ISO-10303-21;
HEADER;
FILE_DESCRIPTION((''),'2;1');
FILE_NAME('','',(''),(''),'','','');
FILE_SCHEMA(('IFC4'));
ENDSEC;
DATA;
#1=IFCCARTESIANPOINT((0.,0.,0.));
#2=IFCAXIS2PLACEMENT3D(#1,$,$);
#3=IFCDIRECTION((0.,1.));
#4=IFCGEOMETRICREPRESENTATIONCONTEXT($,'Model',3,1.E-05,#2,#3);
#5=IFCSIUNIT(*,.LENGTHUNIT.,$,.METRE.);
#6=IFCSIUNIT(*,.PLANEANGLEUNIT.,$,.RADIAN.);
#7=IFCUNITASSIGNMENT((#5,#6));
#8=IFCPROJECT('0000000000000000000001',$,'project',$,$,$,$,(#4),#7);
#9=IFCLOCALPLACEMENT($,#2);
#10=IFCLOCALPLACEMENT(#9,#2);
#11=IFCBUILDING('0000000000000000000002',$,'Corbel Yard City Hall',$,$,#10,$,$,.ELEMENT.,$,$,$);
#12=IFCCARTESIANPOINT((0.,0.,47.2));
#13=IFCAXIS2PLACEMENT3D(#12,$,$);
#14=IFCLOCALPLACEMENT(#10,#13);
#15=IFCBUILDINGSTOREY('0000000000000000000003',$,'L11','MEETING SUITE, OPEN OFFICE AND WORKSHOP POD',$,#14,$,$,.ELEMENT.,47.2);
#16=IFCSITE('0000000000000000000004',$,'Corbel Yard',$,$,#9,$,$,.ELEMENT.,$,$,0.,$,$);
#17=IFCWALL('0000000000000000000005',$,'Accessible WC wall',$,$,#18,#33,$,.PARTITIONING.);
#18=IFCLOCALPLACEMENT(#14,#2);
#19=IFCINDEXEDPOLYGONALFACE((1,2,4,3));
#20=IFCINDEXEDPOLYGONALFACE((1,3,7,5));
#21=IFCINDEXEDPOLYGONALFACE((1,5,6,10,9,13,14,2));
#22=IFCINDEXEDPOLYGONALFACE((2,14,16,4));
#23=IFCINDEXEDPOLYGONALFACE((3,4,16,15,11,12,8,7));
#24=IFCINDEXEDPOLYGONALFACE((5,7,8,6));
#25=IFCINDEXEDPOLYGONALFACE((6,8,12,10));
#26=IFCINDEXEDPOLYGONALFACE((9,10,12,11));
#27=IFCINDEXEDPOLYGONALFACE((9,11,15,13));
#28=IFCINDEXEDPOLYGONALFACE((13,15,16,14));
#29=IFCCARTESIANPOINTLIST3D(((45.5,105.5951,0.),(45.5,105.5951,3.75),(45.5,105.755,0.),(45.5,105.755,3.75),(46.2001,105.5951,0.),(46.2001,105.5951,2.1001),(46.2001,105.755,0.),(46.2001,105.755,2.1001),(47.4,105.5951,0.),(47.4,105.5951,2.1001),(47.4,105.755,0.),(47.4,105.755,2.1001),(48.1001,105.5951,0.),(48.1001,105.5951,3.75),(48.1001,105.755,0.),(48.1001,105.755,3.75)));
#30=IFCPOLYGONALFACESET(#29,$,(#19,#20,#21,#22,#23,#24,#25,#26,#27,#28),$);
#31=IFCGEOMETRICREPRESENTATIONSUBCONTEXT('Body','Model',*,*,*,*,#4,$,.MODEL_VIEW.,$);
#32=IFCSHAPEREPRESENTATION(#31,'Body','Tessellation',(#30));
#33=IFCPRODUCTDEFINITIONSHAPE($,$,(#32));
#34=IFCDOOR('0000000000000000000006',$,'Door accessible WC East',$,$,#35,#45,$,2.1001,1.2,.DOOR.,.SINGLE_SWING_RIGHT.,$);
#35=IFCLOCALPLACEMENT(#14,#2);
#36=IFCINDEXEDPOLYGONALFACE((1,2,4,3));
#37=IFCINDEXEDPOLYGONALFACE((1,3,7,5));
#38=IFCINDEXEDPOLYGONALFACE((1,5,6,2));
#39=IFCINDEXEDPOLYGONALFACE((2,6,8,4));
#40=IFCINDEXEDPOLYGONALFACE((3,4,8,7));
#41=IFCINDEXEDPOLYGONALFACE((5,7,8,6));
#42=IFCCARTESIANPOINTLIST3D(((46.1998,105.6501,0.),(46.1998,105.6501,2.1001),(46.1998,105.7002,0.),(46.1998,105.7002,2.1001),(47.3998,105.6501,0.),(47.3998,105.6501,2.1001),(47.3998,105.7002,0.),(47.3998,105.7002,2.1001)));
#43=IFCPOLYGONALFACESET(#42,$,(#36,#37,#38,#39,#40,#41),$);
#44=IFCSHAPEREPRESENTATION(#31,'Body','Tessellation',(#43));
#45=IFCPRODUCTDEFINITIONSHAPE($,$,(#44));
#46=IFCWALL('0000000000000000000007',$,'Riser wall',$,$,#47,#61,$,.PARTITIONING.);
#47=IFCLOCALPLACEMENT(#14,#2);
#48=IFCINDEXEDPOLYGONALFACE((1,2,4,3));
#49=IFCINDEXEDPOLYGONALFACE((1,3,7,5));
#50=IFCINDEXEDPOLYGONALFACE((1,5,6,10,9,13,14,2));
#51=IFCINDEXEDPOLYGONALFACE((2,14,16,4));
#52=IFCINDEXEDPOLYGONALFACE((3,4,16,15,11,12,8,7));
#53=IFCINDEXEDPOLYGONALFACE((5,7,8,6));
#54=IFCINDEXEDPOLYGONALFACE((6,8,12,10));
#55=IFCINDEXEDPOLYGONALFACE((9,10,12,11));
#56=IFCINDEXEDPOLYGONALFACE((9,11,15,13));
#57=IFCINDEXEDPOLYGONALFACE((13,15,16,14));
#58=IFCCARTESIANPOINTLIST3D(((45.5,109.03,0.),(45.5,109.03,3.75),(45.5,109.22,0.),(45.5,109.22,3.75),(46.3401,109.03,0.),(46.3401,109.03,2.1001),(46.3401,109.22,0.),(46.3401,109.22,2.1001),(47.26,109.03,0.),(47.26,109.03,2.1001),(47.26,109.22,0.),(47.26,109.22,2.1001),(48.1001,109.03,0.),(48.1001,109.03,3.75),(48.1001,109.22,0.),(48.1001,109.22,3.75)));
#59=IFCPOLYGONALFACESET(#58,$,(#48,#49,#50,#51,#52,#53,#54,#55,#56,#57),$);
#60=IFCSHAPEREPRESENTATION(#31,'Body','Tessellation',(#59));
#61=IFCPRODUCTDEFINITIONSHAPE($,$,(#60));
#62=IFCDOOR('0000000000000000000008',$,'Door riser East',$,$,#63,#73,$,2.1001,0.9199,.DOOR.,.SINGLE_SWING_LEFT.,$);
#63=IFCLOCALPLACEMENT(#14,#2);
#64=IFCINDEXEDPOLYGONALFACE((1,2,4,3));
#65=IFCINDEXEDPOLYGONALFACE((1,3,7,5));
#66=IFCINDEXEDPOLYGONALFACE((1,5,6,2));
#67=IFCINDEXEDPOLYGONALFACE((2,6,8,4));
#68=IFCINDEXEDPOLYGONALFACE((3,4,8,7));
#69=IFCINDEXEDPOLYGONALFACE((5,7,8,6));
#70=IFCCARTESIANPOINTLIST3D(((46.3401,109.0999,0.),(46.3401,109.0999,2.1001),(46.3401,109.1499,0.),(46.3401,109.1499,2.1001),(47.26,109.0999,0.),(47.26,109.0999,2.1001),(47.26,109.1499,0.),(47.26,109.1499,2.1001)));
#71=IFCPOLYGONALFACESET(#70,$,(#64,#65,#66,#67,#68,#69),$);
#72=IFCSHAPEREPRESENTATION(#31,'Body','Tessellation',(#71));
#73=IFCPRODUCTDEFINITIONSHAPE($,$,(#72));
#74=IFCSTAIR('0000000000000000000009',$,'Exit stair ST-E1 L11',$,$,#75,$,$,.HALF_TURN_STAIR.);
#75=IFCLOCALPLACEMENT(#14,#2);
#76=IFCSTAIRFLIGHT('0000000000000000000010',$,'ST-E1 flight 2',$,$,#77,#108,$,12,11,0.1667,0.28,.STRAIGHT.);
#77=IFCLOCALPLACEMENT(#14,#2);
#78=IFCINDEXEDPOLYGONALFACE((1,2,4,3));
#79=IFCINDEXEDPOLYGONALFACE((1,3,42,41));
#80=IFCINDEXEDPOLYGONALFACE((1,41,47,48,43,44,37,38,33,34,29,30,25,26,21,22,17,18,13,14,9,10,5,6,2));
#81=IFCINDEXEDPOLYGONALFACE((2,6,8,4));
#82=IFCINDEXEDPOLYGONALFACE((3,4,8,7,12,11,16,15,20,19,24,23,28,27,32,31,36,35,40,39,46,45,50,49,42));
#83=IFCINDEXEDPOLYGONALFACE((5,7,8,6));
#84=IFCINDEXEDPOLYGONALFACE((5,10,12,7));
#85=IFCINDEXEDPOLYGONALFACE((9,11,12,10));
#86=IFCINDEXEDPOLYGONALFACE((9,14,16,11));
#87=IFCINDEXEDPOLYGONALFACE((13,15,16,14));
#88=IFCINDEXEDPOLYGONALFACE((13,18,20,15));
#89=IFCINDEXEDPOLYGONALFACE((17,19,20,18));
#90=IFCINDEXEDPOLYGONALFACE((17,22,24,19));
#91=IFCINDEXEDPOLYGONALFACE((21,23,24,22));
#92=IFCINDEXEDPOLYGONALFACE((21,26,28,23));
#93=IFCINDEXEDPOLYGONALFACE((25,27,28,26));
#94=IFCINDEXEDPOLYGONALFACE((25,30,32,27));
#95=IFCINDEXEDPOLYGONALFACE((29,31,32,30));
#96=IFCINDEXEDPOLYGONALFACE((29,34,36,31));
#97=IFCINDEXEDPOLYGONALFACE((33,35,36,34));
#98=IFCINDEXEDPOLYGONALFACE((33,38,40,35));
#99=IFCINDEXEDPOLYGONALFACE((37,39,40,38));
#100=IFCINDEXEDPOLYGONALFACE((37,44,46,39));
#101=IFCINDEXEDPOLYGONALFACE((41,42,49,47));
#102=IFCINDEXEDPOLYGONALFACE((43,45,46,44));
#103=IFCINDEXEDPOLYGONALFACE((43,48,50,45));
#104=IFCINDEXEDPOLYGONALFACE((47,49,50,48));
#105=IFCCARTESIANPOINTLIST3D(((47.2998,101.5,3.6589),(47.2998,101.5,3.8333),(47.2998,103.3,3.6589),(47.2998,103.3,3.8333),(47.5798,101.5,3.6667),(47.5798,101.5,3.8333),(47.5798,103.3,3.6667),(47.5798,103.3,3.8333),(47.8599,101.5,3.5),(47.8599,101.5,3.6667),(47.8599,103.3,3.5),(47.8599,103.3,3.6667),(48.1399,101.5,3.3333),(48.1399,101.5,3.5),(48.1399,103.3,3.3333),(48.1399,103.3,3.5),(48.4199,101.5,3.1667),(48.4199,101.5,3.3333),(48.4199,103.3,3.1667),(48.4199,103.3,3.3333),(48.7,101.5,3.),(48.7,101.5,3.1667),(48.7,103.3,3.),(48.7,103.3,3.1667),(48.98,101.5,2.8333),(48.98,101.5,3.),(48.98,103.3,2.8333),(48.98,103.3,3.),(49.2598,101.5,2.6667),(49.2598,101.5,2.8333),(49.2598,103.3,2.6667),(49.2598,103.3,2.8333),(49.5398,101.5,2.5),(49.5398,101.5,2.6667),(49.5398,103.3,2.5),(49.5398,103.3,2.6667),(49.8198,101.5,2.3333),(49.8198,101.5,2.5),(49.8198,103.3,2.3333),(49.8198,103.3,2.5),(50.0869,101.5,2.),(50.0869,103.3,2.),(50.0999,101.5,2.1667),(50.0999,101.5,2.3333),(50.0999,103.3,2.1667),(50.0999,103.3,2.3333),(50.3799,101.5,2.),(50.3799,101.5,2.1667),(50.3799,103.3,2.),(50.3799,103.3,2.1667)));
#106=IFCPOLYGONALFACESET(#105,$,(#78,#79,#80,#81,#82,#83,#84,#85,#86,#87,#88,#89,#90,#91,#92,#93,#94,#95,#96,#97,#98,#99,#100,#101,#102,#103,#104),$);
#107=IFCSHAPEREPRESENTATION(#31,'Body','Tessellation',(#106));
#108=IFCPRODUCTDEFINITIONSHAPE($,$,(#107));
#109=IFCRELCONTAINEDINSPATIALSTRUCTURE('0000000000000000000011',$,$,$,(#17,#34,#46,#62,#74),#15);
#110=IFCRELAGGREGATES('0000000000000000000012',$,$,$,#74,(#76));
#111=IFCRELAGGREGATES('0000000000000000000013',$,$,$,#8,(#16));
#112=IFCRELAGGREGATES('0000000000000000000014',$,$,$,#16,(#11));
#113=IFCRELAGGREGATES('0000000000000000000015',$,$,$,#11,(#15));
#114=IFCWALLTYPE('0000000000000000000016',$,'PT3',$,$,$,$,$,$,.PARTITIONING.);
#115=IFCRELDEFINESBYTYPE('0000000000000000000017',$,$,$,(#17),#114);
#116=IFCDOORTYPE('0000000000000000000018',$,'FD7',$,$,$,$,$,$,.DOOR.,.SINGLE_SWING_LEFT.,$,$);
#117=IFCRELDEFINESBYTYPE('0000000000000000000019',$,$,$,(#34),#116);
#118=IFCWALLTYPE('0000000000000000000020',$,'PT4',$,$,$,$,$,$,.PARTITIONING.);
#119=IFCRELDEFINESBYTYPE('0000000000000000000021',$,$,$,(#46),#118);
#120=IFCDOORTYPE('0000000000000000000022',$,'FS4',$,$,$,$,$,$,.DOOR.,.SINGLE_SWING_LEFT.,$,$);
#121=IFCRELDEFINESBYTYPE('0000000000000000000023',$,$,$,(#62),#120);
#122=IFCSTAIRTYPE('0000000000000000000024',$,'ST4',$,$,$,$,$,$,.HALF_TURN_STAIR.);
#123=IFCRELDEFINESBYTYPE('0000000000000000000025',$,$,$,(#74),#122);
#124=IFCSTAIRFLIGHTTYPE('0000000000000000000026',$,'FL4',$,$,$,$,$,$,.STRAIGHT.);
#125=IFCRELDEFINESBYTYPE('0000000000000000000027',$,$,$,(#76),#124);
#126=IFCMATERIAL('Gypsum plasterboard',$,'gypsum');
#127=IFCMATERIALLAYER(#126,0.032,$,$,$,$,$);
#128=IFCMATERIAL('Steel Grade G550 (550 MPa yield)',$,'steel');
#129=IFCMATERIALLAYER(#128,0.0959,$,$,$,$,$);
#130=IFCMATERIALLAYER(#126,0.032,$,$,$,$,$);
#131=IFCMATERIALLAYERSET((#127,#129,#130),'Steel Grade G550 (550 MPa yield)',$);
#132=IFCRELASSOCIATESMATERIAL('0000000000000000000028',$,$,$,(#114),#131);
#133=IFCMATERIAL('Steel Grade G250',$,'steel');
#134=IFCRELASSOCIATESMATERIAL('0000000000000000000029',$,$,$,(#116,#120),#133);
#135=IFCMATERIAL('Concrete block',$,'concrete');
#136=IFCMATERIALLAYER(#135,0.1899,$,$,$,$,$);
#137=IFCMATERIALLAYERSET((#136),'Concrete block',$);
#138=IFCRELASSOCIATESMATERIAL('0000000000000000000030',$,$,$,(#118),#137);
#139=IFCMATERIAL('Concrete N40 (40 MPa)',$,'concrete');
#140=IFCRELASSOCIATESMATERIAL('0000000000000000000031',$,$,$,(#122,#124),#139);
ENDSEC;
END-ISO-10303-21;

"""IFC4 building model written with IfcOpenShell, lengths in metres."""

from ifc_helpers import new_model, si_unit, direction, frame, frame_2d, origin, place, context, subcontext, project, spatial, polyline, rectangle, outline, extrude, material, layer, layer_set, type_object, element, fill, aggregate, save


model = new_model("IFC4")

# Units and contexts
model_context = context("Model", 3, precision=1e-05, world=origin(), true_north=direction((0.0, 1.0)))
body_context = subcontext(model_context, "Body", "Model", "MODEL_VIEW")
ifc_project = project(units=[si_unit("LENGTHUNIT", "METRE"), si_unit("PLANEANGLEUNIT", "RADIAN")], contexts=[model_context])

# Site, building, storey
site_placement = place(None, origin())
site = spatial("IfcSite", under=ifc_project, at=site_placement, Name="Corbel Yard", CompositionType="ELEMENT", RefElevation=0.0)
building_placement = place(site_placement, origin())
building = spatial("IfcBuilding", under=site, at=building_placement, Name="Corbel Yard City Hall", CompositionType="ELEMENT")
storey_placement = place(building_placement, frame((0.0, 0.0, 47.2)))
storey = spatial("IfcBuildingStorey", under=building, at=storey_placement, Name="L11", Description="MEETING SUITE, OPEN OFFICE AND WORKSHOP POD", CompositionType="ELEMENT", Elevation=47.2)

# Shared definitions
ifc_material_1 = material(Name="Concrete N40 (40 MPa)", Category="concrete")

# Walls, openings, doors
ifc_material_2 = material(Name="Gypsum plasterboard", Category="gypsum")
ifc_layer_1 = layer(ifc_material_2, 0.032)
ifc_material_3 = material(Name="Steel Grade G550 (550 MPa yield)", Category="steel")
ifc_layer_2 = layer(ifc_material_3, 0.0959)
ifc_layer_3 = layer(ifc_material_2, 0.032)
ifc_layer_set_1 = layer_set([ifc_layer_1, ifc_layer_2, ifc_layer_3], Name="Steel Grade G550 (550 MPa yield)")
wall_type_1 = type_object("IfcWallType", Name="PT3", PredefinedType="PARTITIONING", material=ifc_layer_set_1)
wall_1_placement = place(storey_placement, frame((45.5, 105.675, 0.0), z_axis=(0.0, 0.0, 1.0), x_axis=(1.0, 0.0, 0.0)))
wall_1 = element("IfcWall", 1, at=wall_1_placement, inside=storey, type_object=wall_type_1, Name="Accessible WC wall", PredefinedType="PARTITIONING", context=body_context, shape_type="SweptSolid", body=[
    extrude(rectangle(XDim=2.6001, YDim=0.1599, at=frame_2d((1.3, 0.0))), origin(), (0.0, 0.0, 1.0), 3.75),
])
opening_1_placement = place(wall_1_placement, frame((0.7, 0.0, 0.0)))
opening_1 = element("IfcOpeningElement", 2, at=opening_1_placement, cuts=wall_1, PredefinedType="OPENING", context=body_context, shape_type="SweptSolid", body=[
    extrude(rectangle(XDim=1.2, YDim=2.1001, at=frame_2d((0.6001, 1.05))), frame((0.0, 0.0898, 0.0), z_axis=(0.0, -1.0, 0.0), x_axis=(1.0, 0.0, 0.0)), (0.0, 0.0, 1.0), 0.1799),
])
ifc_material_4 = material(Name="Steel Grade G250", Category="steel")
door_type_1 = type_object("IfcDoorType", Name="FD7", OperationType="SINGLE_SWING_LEFT", PredefinedType="DOOR", material=ifc_material_4)
door_1_placement = place(opening_1_placement, frame((1.2, 0.0, 0.0), z_axis=(0.0, 0.0, 1.0), x_axis=(-1.0, 0.0, 0.0)))
door_1 = element("IfcDoor", 3, at=door_1_placement, inside=storey, type_object=door_type_1, Name="Door accessible WC East", OperationType="SINGLE_SWING_RIGHT", OverallHeight=2.1001, OverallWidth=1.2, PredefinedType="DOOR", context=body_context, shape_type="SweptSolid", body=[
    extrude(rectangle(XDim=1.2, YDim=2.1001, at=frame_2d((0.6001, 1.05))), frame((0.0, 0.0249, 0.0), z_axis=(0.0, -1.0, 0.0), x_axis=(1.0, 0.0, 0.0)), (0.0, 0.0, 1.0), 0.05),
])
fill(opening_1, door_1)
ifc_material_5 = material(Name="Concrete block", Category="concrete")
ifc_layer_4 = layer(ifc_material_5, 0.1899)
ifc_layer_set_2 = layer_set([ifc_layer_4], Name="Concrete block")
wall_type_2 = type_object("IfcWallType", Name="PT4", PredefinedType="PARTITIONING", material=ifc_layer_set_2)
wall_2_placement = place(storey_placement, frame((45.5, 109.125, 0.0), z_axis=(0.0, 0.0, 1.0), x_axis=(1.0, 0.0, 0.0)))
wall_2 = element("IfcWall", 4, at=wall_2_placement, inside=storey, type_object=wall_type_2, Name="Riser wall", PredefinedType="PARTITIONING", context=body_context, shape_type="SweptSolid", body=[
    extrude(rectangle(XDim=2.6001, YDim=0.1899, at=frame_2d((1.3, 0.0))), origin(), (0.0, 0.0, 1.0), 3.75),
])
opening_2_placement = place(wall_2_placement, frame((0.8401, 0.0, 0.0)))
opening_2 = element("IfcOpeningElement", 5, at=opening_2_placement, cuts=wall_2, PredefinedType="OPENING", context=body_context, shape_type="SweptSolid", body=[
    extrude(rectangle(XDim=0.9199, YDim=2.1001, at=frame_2d((0.46, 1.05))), frame((0.0, 0.105, 0.0), z_axis=(0.0, -1.0, 0.0), x_axis=(1.0, 0.0, 0.0)), (0.0, 0.0, 1.0), 0.21),
])
door_type_2 = type_object("IfcDoorType", Name="FS4", OperationType="SINGLE_SWING_LEFT", PredefinedType="DOOR", material=ifc_material_4)
door_2_placement = place(opening_2_placement, origin())
door_2 = element("IfcDoor", 6, at=door_2_placement, inside=storey, type_object=door_type_2, Name="Door riser East", OperationType="SINGLE_SWING_LEFT", OverallHeight=2.1001, OverallWidth=0.9199, PredefinedType="DOOR", context=body_context, shape_type="SweptSolid", body=[
    extrude(rectangle(XDim=0.9199, YDim=2.1001, at=frame_2d((0.46, 1.05))), frame((0.0, 0.0249, 0.0), z_axis=(0.0, -1.0, 0.0), x_axis=(1.0, 0.0, 0.0)), (0.0, 0.0, 1.0), 0.05),
])
fill(opening_2, door_2)

# Stair, stair flight
stair_type = type_object("IfcStairType", Name="ST4", PredefinedType="HALF_TURN_STAIR", material=ifc_material_1)
stair_placement = place(storey_placement, origin())
stair = element("IfcStair", 7, at=stair_placement, inside=storey, type_object=stair_type, Name="Exit stair ST-E1 L11", PredefinedType="HALF_TURN_STAIR")
stair_flight_type = type_object("IfcStairFlightType", Name="FL4", PredefinedType="STRAIGHT", material=ifc_material_1)
stair_flight_placement = place(storey_placement, frame((50.3799, 102.3999, 2.0), z_axis=(0.0, 0.0, 1.0), x_axis=(-1.0, 0.0, 0.0)))
stair_flight = element("IfcStairFlight", 8, at=stair_flight_placement, type_object=stair_flight_type, Name="ST-E1 flight 2", NumberOfRisers=12, NumberOfTreads=11, PredefinedType="STRAIGHT", RiserHeight=0.1667, TreadLength=0.28, context=body_context, shape_type="SweptSolid", body=[
    extrude(outline(polyline([(0.0, 0.0), (0.0, 0.1667), (0.28, 0.1667), (0.28, 0.3333), (0.5601, 0.3333), (0.5601, 0.5), (0.8401, 0.5), (0.8401, 0.6667), (1.1201, 0.6667), (1.1201, 0.8333), (1.3999, 0.8333), (1.3999, 1.0), (1.6799, 1.0), (1.6799, 1.1667), (1.96, 1.1667), (1.96, 1.3333), (2.24, 1.3333), (2.24, 1.5), (2.52, 1.5), (2.52, 1.6667), (2.8, 1.6667), (2.8, 1.8333), (3.0801, 1.8333), (3.0801, 2.0), (3.0801, 1.6589), (0.293, 0.0), (0.0, 0.0)])), frame((0.0, 0.8999, 0.0), z_axis=(0.0, -1.0, 0.0), x_axis=(1.0, 0.0, 0.0)), (0.0, 0.0, 1.0), 1.8),
])
aggregate(stair, [stair_flight])

save(model, "model.ifc")
